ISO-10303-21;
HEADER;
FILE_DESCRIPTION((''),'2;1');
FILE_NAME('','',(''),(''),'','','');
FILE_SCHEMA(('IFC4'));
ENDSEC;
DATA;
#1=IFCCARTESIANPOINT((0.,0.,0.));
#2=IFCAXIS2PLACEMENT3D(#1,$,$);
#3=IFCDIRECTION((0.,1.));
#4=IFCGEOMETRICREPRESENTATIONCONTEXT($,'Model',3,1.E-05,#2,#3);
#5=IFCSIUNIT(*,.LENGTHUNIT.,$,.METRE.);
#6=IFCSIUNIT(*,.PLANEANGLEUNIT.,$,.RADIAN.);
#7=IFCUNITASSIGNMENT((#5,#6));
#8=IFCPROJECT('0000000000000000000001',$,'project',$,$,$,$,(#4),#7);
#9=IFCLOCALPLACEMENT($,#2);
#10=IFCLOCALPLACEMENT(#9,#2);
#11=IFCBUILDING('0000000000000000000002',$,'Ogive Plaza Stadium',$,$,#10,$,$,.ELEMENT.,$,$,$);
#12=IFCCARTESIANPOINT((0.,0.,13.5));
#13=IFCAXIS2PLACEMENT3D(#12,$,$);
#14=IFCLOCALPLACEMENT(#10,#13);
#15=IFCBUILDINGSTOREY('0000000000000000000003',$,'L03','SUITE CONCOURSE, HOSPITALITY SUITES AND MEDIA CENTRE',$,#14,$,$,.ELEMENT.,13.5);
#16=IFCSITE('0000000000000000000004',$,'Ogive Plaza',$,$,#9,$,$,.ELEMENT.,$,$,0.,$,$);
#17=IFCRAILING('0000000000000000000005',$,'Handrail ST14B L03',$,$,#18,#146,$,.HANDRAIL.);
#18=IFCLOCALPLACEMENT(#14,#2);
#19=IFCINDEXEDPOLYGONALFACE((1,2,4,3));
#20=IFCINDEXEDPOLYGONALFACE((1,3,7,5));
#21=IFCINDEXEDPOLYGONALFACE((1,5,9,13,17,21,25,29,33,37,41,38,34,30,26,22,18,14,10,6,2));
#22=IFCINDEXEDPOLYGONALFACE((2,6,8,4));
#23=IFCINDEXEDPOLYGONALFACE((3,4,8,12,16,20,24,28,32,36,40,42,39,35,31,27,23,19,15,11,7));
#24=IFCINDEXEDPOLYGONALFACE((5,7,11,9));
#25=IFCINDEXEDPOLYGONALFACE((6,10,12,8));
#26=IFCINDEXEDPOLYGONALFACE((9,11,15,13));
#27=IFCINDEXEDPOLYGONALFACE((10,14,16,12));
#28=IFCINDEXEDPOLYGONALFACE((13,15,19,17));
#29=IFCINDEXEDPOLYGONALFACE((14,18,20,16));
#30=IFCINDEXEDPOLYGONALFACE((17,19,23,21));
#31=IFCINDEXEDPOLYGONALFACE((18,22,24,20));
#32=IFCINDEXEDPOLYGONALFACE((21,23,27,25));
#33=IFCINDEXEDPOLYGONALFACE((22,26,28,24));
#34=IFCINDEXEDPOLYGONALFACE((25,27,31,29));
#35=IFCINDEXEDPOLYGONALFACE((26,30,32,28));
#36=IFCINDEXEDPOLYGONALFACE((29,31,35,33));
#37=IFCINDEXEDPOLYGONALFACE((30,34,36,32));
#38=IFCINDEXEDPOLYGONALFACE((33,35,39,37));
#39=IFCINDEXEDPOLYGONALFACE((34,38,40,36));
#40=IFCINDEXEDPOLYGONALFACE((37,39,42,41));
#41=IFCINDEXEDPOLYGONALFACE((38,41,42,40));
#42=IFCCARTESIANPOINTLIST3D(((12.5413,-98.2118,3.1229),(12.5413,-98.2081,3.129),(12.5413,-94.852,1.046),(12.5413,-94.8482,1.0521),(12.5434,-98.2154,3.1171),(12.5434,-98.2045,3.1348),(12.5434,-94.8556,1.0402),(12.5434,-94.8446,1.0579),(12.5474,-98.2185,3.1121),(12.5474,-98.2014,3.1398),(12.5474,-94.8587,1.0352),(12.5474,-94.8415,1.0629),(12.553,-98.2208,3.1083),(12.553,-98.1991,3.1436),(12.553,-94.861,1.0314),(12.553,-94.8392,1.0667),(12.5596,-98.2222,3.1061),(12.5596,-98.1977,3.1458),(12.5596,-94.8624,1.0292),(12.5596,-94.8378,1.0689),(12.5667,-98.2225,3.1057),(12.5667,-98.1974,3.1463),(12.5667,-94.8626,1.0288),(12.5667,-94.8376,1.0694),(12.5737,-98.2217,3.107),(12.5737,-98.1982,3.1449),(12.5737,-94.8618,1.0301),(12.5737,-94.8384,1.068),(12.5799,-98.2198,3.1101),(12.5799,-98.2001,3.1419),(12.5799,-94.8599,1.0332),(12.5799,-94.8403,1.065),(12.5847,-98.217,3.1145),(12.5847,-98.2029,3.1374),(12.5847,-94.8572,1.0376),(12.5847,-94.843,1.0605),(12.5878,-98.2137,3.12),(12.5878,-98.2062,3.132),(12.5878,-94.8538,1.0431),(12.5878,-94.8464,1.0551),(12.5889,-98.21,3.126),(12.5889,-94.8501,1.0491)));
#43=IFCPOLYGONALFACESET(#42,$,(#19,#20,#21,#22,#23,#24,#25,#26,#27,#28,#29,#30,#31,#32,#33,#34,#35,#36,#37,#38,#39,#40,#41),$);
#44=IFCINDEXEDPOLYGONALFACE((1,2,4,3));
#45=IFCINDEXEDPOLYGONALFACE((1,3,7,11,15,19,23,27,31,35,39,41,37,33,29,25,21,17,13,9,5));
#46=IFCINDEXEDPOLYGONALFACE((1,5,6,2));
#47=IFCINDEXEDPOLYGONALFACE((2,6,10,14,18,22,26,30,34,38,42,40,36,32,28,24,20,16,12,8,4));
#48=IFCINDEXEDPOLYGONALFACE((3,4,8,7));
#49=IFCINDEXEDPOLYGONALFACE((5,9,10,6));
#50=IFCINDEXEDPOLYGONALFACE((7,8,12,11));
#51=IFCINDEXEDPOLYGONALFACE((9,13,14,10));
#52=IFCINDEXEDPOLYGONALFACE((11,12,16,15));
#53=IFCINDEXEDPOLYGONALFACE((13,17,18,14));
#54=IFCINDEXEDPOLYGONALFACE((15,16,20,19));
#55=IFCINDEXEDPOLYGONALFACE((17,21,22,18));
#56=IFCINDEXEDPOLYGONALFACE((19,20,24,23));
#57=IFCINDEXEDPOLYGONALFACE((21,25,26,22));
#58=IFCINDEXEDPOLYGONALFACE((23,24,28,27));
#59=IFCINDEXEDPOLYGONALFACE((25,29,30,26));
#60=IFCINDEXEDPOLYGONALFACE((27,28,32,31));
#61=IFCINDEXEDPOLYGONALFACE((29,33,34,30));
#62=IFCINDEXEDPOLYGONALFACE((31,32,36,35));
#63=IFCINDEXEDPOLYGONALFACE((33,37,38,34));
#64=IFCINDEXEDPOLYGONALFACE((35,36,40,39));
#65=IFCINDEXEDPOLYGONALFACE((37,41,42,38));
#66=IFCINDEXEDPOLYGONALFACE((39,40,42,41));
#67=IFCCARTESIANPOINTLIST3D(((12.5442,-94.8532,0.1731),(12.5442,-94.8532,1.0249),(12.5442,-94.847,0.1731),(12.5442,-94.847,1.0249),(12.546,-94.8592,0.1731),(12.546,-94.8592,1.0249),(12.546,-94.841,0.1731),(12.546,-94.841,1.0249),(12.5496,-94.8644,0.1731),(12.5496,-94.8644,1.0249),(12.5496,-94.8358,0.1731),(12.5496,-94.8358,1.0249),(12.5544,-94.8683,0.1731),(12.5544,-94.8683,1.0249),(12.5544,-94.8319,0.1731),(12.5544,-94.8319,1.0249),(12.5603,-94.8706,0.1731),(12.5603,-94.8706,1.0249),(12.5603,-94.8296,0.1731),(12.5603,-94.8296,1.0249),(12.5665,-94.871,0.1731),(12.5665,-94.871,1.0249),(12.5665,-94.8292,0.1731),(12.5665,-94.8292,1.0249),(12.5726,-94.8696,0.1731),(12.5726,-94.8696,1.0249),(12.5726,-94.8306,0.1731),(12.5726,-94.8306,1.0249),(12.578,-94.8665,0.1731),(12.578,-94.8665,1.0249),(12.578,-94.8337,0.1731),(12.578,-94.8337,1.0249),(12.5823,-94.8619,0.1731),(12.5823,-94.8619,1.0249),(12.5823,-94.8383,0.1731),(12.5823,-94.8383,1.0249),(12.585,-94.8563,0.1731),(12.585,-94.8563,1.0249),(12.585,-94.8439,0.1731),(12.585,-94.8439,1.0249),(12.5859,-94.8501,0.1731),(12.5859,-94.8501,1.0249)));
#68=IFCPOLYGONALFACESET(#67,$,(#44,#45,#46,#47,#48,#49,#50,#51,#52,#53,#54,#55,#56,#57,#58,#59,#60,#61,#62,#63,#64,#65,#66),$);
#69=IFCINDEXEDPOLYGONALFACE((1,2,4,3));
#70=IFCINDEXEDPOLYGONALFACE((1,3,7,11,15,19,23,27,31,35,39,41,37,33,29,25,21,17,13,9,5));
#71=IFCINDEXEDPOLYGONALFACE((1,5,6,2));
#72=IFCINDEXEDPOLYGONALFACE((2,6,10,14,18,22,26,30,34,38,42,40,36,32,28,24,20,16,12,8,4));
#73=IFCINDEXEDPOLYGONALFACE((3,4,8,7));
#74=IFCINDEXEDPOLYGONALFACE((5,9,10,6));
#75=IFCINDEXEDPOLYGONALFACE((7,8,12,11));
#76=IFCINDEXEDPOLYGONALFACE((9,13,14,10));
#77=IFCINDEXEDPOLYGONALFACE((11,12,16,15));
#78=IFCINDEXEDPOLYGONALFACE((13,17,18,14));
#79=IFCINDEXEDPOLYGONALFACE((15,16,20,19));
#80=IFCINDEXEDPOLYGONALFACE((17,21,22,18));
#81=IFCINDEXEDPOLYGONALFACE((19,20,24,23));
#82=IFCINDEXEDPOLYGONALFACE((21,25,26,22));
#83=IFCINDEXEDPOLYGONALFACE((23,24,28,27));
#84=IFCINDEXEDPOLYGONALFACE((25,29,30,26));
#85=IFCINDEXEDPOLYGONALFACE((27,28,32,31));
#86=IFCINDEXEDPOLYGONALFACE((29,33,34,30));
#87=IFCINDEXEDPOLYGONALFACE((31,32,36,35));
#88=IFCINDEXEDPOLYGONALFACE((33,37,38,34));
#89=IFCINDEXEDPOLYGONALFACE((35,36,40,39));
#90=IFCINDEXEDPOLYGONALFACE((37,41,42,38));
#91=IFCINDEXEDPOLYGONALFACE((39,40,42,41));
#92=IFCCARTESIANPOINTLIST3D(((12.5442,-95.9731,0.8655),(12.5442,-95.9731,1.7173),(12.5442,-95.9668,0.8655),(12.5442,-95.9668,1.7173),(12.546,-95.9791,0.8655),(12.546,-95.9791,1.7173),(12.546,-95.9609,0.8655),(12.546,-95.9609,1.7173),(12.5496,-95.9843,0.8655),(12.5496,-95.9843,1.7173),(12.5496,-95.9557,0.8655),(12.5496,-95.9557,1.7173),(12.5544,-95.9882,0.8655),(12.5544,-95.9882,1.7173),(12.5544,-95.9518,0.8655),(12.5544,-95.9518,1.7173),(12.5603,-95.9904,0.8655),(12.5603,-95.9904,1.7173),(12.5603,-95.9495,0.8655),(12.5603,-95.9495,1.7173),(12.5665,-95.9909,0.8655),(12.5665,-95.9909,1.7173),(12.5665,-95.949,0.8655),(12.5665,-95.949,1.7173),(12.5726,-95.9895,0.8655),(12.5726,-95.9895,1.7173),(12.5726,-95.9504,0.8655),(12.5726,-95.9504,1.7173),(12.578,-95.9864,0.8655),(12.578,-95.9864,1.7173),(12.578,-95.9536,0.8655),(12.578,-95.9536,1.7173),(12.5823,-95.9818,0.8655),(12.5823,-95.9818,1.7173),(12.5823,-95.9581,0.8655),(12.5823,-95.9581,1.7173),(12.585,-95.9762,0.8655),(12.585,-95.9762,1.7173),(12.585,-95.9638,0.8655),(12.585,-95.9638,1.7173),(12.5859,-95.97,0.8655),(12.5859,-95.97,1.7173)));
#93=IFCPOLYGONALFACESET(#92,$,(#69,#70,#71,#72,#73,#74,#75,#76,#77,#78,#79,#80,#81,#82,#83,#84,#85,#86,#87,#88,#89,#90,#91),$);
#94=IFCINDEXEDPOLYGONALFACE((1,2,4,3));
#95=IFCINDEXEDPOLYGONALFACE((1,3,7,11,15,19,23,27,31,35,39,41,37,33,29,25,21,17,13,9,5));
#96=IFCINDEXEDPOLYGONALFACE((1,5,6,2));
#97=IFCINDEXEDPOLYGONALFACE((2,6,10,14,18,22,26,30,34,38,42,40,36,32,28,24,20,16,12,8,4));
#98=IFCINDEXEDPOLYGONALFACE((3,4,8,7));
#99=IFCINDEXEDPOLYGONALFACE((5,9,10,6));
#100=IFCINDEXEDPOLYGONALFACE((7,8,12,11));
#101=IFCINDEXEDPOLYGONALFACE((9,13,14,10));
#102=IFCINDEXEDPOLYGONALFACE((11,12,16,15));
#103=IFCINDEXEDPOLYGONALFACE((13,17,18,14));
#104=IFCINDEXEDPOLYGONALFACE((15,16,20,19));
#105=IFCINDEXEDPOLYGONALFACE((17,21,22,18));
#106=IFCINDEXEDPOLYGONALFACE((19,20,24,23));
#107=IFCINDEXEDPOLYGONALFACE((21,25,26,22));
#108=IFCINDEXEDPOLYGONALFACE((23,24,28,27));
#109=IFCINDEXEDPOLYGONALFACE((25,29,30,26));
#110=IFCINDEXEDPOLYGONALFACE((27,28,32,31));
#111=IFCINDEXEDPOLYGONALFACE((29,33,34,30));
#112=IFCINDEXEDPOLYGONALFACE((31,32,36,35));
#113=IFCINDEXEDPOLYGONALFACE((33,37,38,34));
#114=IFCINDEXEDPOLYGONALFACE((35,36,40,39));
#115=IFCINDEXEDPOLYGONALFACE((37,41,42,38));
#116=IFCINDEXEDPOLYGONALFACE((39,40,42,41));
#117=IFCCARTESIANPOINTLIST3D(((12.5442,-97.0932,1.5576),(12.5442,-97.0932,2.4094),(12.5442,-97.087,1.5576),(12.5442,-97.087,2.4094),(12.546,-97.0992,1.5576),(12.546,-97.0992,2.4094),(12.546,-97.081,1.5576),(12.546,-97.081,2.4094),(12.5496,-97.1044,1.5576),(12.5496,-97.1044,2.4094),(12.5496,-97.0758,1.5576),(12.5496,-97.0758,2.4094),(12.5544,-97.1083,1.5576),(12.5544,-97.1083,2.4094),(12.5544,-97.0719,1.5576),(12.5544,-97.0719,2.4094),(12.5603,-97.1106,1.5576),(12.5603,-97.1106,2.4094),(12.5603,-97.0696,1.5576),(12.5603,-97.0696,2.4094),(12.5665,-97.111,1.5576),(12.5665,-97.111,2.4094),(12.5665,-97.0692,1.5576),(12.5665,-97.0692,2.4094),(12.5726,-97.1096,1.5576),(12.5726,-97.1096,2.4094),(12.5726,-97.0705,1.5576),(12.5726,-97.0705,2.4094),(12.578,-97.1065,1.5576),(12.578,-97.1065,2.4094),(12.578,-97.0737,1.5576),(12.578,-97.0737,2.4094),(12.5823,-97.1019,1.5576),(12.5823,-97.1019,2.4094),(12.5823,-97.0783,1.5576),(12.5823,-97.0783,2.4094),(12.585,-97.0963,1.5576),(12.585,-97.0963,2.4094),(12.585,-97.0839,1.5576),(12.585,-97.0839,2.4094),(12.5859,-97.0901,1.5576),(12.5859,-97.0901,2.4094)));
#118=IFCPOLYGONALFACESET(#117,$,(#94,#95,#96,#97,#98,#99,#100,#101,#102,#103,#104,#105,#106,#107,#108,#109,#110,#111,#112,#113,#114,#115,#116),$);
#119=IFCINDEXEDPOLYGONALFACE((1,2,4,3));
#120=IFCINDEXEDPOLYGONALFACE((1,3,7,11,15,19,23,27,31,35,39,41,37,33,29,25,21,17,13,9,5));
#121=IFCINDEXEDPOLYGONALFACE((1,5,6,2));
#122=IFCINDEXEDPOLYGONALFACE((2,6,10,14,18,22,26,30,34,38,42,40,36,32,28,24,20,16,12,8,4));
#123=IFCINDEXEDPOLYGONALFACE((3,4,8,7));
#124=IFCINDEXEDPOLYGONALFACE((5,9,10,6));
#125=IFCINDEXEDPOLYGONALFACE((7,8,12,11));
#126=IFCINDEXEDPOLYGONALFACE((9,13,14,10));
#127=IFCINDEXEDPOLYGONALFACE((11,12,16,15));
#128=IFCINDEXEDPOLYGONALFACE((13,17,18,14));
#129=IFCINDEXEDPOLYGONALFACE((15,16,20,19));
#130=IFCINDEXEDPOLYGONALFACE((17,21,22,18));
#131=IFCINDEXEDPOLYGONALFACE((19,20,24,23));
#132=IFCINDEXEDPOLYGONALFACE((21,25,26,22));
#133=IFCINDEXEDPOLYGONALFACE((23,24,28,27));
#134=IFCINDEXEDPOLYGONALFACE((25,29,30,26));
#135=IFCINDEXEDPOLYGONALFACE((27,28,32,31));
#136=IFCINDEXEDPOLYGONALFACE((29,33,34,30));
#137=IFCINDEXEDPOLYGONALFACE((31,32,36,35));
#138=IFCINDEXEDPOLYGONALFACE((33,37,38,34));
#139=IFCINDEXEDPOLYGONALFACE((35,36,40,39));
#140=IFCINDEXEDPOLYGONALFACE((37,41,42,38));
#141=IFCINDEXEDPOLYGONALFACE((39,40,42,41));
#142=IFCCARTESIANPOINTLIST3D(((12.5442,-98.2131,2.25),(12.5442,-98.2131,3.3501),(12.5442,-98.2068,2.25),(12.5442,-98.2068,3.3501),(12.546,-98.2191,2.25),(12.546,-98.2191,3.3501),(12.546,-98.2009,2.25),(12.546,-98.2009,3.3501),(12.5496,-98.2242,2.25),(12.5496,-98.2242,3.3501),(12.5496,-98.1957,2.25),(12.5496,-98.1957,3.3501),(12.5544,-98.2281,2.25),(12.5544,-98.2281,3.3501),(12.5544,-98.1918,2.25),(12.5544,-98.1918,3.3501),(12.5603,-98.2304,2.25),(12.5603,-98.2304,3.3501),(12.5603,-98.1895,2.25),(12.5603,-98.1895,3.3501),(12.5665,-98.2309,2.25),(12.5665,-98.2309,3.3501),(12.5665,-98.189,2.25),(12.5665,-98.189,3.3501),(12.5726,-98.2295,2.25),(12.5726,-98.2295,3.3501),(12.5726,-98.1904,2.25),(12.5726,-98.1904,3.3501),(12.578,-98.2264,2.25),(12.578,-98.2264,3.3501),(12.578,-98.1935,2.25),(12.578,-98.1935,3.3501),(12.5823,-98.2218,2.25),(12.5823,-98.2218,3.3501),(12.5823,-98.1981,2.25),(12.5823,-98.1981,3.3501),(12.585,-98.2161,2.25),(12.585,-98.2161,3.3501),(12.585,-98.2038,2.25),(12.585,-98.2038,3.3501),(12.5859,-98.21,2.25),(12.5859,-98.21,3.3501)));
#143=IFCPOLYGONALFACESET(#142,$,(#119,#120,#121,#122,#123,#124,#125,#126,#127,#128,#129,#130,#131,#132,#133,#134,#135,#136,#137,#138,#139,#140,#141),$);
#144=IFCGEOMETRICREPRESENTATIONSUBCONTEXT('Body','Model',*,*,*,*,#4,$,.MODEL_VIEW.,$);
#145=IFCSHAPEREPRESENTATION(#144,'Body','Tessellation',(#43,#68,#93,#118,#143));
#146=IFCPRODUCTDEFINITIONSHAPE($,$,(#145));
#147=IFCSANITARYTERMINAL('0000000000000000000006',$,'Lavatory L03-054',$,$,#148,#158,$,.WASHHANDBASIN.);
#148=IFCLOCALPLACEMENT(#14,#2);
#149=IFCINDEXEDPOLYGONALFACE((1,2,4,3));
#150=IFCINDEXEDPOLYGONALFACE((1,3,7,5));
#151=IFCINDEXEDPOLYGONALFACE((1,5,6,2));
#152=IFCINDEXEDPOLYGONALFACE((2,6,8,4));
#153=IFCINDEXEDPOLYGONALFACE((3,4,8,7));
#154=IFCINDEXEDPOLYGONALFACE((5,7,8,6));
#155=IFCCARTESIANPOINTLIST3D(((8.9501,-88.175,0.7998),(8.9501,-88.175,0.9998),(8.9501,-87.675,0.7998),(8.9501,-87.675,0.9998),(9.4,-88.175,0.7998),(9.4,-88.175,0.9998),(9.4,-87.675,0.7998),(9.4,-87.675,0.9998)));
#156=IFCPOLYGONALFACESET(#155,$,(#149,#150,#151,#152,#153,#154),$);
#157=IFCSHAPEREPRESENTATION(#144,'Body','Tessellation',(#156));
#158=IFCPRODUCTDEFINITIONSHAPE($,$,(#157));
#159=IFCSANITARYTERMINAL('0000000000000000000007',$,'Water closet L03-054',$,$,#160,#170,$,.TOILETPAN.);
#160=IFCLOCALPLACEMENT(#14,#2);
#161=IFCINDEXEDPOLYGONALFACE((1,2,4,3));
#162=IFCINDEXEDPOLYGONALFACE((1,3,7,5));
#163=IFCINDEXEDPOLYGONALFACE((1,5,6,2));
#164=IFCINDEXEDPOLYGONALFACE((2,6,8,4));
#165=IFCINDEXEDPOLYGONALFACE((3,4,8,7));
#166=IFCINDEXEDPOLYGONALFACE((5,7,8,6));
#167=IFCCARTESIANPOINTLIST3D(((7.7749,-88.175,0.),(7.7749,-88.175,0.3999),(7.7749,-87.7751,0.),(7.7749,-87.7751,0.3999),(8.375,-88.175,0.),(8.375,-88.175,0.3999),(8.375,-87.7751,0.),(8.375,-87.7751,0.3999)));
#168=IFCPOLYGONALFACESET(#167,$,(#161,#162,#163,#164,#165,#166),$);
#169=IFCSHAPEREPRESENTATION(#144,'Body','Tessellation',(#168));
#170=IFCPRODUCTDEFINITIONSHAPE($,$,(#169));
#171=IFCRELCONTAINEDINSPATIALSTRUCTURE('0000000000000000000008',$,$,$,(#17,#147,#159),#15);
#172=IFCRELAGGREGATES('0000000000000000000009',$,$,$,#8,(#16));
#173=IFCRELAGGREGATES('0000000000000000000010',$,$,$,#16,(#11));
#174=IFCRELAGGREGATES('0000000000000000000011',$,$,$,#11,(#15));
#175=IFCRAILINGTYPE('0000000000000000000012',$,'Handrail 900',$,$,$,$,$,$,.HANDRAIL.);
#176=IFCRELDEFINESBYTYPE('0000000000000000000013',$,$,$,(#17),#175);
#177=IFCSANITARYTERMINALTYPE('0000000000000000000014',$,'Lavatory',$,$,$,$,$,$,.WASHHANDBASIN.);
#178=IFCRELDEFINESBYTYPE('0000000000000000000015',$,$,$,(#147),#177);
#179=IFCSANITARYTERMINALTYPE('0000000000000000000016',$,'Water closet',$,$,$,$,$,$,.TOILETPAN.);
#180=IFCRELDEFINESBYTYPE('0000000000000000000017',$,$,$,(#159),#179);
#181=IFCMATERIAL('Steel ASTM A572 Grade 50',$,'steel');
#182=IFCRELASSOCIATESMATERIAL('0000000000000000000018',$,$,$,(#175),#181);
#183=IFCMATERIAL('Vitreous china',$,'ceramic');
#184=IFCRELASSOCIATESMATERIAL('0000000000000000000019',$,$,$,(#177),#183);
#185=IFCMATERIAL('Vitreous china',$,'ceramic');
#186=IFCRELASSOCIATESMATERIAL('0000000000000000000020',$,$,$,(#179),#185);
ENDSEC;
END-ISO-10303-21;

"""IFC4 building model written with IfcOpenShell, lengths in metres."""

from ifc_helpers import new_model, si_unit, direction, frame, origin, origin_2d, place, context, subcontext, project, spatial, rectangle, circle, extrude, material, type_object, element, save


model = new_model("IFC4")

# Units and contexts
model_context = context("Model", 3, precision=1e-05, world=origin(), true_north=direction((0.0, 1.0)))
body_context = subcontext(model_context, "Body", "Model", "MODEL_VIEW")
ifc_project = project(units=[si_unit("LENGTHUNIT", "METRE"), si_unit("PLANEANGLEUNIT", "RADIAN")], contexts=[model_context])

# Site, building, storey
site_placement = place(None, origin())
site = spatial("IfcSite", under=ifc_project, at=site_placement, Name="Ogive Plaza", CompositionType="ELEMENT", RefElevation=0.0)
building_placement = place(site_placement, origin())
building = spatial("IfcBuilding", under=site, at=building_placement, Name="Ogive Plaza Stadium", CompositionType="ELEMENT")
storey_placement = place(building_placement, frame((0.0, 0.0, 13.5)))
storey = spatial("IfcBuildingStorey", under=building, at=storey_placement, Name="L03", Description="SUITE CONCOURSE, HOSPITALITY SUITES AND MEDIA CENTRE", CompositionType="ELEMENT", Elevation=13.5)

# Railing
ifc_material_1 = material(Name="Steel ASTM A572 Grade 50", Category="steel")
railing_type = type_object("IfcRailingType", Name="Handrail 900", PredefinedType="HANDRAIL", material=ifc_material_1)
railing_placement = place(storey_placement, frame((12.5649, -94.8501, 0.1731)))
element("IfcRailing", 1, at=railing_placement, inside=storey, type_object=railing_type, Name="Handrail ST14B L03", PredefinedType="HANDRAIL", context=body_context, shape_type="SweptSolid", body=[
    extrude(circle(Radius=0.0239, at=origin_2d()), frame((0.0, 0.0, 0.876), z_axis=(0.0, -0.850606, 0.525803), x_axis=(1.0, 0.0, 0.0)), (0.0, 0.0, 1.0), 3.95),
    extrude(circle(Radius=0.021, at=origin_2d()), origin(), (0.0, 0.0, 1.0), 0.8518),
    extrude(circle(Radius=0.021, at=origin_2d()), frame((0.0, -1.1199, 0.6924)), (0.0, 0.0, 1.0), 0.8518),
    extrude(circle(Radius=0.021, at=origin_2d()), frame((0.0, -2.24, 1.3845)), (0.0, 0.0, 1.0), 0.8518),
    extrude(circle(Radius=0.021, at=origin_2d()), frame((0.0, -3.3599, 2.0769)), (0.0, 0.0, 1.0), 1.1001),
])

# Sanitary terminals
ifc_material_2 = material(Name="Vitreous china", Category="ceramic")
sanitary_terminal_type_1 = type_object("IfcSanitaryTerminalType", Name="Lavatory", PredefinedType="WASHHANDBASIN", material=ifc_material_2)
sanitary_terminal_1_placement = place(storey_placement, frame((9.175, -87.925, 0.7998), z_axis=(0.0, 0.0, 1.0), x_axis=(0.0, 1.0, 0.0)))
element("IfcSanitaryTerminal", 2, at=sanitary_terminal_1_placement, inside=storey, type_object=sanitary_terminal_type_1, Name="Lavatory L03-054", PredefinedType="WASHHANDBASIN", context=body_context, shape_type="SweptSolid", body=[
    extrude(rectangle(XDim=0.5, YDim=0.45, at=origin_2d()), origin(), (0.0, 0.0, 1.0), 0.2),
])
ifc_material_3 = material(Name="Vitreous china", Category="ceramic")
sanitary_terminal_type_2 = type_object("IfcSanitaryTerminalType", Name="Water closet", PredefinedType="TOILETPAN", material=ifc_material_3)
sanitary_terminal_2_placement = place(storey_placement, frame((8.075, -87.9751, 0.0), z_axis=(0.0, 0.0, 1.0), x_axis=(0.0, 1.0, 0.0)))
element("IfcSanitaryTerminal", 3, at=sanitary_terminal_2_placement, inside=storey, type_object=sanitary_terminal_type_2, Name="Water closet L03-054", PredefinedType="TOILETPAN", context=body_context, shape_type="SweptSolid", body=[
    extrude(rectangle(XDim=0.3999, YDim=0.6001, at=origin_2d()), origin(), (0.0, 0.0, 1.0), 0.3999),
])

save(model, "model.ifc")
